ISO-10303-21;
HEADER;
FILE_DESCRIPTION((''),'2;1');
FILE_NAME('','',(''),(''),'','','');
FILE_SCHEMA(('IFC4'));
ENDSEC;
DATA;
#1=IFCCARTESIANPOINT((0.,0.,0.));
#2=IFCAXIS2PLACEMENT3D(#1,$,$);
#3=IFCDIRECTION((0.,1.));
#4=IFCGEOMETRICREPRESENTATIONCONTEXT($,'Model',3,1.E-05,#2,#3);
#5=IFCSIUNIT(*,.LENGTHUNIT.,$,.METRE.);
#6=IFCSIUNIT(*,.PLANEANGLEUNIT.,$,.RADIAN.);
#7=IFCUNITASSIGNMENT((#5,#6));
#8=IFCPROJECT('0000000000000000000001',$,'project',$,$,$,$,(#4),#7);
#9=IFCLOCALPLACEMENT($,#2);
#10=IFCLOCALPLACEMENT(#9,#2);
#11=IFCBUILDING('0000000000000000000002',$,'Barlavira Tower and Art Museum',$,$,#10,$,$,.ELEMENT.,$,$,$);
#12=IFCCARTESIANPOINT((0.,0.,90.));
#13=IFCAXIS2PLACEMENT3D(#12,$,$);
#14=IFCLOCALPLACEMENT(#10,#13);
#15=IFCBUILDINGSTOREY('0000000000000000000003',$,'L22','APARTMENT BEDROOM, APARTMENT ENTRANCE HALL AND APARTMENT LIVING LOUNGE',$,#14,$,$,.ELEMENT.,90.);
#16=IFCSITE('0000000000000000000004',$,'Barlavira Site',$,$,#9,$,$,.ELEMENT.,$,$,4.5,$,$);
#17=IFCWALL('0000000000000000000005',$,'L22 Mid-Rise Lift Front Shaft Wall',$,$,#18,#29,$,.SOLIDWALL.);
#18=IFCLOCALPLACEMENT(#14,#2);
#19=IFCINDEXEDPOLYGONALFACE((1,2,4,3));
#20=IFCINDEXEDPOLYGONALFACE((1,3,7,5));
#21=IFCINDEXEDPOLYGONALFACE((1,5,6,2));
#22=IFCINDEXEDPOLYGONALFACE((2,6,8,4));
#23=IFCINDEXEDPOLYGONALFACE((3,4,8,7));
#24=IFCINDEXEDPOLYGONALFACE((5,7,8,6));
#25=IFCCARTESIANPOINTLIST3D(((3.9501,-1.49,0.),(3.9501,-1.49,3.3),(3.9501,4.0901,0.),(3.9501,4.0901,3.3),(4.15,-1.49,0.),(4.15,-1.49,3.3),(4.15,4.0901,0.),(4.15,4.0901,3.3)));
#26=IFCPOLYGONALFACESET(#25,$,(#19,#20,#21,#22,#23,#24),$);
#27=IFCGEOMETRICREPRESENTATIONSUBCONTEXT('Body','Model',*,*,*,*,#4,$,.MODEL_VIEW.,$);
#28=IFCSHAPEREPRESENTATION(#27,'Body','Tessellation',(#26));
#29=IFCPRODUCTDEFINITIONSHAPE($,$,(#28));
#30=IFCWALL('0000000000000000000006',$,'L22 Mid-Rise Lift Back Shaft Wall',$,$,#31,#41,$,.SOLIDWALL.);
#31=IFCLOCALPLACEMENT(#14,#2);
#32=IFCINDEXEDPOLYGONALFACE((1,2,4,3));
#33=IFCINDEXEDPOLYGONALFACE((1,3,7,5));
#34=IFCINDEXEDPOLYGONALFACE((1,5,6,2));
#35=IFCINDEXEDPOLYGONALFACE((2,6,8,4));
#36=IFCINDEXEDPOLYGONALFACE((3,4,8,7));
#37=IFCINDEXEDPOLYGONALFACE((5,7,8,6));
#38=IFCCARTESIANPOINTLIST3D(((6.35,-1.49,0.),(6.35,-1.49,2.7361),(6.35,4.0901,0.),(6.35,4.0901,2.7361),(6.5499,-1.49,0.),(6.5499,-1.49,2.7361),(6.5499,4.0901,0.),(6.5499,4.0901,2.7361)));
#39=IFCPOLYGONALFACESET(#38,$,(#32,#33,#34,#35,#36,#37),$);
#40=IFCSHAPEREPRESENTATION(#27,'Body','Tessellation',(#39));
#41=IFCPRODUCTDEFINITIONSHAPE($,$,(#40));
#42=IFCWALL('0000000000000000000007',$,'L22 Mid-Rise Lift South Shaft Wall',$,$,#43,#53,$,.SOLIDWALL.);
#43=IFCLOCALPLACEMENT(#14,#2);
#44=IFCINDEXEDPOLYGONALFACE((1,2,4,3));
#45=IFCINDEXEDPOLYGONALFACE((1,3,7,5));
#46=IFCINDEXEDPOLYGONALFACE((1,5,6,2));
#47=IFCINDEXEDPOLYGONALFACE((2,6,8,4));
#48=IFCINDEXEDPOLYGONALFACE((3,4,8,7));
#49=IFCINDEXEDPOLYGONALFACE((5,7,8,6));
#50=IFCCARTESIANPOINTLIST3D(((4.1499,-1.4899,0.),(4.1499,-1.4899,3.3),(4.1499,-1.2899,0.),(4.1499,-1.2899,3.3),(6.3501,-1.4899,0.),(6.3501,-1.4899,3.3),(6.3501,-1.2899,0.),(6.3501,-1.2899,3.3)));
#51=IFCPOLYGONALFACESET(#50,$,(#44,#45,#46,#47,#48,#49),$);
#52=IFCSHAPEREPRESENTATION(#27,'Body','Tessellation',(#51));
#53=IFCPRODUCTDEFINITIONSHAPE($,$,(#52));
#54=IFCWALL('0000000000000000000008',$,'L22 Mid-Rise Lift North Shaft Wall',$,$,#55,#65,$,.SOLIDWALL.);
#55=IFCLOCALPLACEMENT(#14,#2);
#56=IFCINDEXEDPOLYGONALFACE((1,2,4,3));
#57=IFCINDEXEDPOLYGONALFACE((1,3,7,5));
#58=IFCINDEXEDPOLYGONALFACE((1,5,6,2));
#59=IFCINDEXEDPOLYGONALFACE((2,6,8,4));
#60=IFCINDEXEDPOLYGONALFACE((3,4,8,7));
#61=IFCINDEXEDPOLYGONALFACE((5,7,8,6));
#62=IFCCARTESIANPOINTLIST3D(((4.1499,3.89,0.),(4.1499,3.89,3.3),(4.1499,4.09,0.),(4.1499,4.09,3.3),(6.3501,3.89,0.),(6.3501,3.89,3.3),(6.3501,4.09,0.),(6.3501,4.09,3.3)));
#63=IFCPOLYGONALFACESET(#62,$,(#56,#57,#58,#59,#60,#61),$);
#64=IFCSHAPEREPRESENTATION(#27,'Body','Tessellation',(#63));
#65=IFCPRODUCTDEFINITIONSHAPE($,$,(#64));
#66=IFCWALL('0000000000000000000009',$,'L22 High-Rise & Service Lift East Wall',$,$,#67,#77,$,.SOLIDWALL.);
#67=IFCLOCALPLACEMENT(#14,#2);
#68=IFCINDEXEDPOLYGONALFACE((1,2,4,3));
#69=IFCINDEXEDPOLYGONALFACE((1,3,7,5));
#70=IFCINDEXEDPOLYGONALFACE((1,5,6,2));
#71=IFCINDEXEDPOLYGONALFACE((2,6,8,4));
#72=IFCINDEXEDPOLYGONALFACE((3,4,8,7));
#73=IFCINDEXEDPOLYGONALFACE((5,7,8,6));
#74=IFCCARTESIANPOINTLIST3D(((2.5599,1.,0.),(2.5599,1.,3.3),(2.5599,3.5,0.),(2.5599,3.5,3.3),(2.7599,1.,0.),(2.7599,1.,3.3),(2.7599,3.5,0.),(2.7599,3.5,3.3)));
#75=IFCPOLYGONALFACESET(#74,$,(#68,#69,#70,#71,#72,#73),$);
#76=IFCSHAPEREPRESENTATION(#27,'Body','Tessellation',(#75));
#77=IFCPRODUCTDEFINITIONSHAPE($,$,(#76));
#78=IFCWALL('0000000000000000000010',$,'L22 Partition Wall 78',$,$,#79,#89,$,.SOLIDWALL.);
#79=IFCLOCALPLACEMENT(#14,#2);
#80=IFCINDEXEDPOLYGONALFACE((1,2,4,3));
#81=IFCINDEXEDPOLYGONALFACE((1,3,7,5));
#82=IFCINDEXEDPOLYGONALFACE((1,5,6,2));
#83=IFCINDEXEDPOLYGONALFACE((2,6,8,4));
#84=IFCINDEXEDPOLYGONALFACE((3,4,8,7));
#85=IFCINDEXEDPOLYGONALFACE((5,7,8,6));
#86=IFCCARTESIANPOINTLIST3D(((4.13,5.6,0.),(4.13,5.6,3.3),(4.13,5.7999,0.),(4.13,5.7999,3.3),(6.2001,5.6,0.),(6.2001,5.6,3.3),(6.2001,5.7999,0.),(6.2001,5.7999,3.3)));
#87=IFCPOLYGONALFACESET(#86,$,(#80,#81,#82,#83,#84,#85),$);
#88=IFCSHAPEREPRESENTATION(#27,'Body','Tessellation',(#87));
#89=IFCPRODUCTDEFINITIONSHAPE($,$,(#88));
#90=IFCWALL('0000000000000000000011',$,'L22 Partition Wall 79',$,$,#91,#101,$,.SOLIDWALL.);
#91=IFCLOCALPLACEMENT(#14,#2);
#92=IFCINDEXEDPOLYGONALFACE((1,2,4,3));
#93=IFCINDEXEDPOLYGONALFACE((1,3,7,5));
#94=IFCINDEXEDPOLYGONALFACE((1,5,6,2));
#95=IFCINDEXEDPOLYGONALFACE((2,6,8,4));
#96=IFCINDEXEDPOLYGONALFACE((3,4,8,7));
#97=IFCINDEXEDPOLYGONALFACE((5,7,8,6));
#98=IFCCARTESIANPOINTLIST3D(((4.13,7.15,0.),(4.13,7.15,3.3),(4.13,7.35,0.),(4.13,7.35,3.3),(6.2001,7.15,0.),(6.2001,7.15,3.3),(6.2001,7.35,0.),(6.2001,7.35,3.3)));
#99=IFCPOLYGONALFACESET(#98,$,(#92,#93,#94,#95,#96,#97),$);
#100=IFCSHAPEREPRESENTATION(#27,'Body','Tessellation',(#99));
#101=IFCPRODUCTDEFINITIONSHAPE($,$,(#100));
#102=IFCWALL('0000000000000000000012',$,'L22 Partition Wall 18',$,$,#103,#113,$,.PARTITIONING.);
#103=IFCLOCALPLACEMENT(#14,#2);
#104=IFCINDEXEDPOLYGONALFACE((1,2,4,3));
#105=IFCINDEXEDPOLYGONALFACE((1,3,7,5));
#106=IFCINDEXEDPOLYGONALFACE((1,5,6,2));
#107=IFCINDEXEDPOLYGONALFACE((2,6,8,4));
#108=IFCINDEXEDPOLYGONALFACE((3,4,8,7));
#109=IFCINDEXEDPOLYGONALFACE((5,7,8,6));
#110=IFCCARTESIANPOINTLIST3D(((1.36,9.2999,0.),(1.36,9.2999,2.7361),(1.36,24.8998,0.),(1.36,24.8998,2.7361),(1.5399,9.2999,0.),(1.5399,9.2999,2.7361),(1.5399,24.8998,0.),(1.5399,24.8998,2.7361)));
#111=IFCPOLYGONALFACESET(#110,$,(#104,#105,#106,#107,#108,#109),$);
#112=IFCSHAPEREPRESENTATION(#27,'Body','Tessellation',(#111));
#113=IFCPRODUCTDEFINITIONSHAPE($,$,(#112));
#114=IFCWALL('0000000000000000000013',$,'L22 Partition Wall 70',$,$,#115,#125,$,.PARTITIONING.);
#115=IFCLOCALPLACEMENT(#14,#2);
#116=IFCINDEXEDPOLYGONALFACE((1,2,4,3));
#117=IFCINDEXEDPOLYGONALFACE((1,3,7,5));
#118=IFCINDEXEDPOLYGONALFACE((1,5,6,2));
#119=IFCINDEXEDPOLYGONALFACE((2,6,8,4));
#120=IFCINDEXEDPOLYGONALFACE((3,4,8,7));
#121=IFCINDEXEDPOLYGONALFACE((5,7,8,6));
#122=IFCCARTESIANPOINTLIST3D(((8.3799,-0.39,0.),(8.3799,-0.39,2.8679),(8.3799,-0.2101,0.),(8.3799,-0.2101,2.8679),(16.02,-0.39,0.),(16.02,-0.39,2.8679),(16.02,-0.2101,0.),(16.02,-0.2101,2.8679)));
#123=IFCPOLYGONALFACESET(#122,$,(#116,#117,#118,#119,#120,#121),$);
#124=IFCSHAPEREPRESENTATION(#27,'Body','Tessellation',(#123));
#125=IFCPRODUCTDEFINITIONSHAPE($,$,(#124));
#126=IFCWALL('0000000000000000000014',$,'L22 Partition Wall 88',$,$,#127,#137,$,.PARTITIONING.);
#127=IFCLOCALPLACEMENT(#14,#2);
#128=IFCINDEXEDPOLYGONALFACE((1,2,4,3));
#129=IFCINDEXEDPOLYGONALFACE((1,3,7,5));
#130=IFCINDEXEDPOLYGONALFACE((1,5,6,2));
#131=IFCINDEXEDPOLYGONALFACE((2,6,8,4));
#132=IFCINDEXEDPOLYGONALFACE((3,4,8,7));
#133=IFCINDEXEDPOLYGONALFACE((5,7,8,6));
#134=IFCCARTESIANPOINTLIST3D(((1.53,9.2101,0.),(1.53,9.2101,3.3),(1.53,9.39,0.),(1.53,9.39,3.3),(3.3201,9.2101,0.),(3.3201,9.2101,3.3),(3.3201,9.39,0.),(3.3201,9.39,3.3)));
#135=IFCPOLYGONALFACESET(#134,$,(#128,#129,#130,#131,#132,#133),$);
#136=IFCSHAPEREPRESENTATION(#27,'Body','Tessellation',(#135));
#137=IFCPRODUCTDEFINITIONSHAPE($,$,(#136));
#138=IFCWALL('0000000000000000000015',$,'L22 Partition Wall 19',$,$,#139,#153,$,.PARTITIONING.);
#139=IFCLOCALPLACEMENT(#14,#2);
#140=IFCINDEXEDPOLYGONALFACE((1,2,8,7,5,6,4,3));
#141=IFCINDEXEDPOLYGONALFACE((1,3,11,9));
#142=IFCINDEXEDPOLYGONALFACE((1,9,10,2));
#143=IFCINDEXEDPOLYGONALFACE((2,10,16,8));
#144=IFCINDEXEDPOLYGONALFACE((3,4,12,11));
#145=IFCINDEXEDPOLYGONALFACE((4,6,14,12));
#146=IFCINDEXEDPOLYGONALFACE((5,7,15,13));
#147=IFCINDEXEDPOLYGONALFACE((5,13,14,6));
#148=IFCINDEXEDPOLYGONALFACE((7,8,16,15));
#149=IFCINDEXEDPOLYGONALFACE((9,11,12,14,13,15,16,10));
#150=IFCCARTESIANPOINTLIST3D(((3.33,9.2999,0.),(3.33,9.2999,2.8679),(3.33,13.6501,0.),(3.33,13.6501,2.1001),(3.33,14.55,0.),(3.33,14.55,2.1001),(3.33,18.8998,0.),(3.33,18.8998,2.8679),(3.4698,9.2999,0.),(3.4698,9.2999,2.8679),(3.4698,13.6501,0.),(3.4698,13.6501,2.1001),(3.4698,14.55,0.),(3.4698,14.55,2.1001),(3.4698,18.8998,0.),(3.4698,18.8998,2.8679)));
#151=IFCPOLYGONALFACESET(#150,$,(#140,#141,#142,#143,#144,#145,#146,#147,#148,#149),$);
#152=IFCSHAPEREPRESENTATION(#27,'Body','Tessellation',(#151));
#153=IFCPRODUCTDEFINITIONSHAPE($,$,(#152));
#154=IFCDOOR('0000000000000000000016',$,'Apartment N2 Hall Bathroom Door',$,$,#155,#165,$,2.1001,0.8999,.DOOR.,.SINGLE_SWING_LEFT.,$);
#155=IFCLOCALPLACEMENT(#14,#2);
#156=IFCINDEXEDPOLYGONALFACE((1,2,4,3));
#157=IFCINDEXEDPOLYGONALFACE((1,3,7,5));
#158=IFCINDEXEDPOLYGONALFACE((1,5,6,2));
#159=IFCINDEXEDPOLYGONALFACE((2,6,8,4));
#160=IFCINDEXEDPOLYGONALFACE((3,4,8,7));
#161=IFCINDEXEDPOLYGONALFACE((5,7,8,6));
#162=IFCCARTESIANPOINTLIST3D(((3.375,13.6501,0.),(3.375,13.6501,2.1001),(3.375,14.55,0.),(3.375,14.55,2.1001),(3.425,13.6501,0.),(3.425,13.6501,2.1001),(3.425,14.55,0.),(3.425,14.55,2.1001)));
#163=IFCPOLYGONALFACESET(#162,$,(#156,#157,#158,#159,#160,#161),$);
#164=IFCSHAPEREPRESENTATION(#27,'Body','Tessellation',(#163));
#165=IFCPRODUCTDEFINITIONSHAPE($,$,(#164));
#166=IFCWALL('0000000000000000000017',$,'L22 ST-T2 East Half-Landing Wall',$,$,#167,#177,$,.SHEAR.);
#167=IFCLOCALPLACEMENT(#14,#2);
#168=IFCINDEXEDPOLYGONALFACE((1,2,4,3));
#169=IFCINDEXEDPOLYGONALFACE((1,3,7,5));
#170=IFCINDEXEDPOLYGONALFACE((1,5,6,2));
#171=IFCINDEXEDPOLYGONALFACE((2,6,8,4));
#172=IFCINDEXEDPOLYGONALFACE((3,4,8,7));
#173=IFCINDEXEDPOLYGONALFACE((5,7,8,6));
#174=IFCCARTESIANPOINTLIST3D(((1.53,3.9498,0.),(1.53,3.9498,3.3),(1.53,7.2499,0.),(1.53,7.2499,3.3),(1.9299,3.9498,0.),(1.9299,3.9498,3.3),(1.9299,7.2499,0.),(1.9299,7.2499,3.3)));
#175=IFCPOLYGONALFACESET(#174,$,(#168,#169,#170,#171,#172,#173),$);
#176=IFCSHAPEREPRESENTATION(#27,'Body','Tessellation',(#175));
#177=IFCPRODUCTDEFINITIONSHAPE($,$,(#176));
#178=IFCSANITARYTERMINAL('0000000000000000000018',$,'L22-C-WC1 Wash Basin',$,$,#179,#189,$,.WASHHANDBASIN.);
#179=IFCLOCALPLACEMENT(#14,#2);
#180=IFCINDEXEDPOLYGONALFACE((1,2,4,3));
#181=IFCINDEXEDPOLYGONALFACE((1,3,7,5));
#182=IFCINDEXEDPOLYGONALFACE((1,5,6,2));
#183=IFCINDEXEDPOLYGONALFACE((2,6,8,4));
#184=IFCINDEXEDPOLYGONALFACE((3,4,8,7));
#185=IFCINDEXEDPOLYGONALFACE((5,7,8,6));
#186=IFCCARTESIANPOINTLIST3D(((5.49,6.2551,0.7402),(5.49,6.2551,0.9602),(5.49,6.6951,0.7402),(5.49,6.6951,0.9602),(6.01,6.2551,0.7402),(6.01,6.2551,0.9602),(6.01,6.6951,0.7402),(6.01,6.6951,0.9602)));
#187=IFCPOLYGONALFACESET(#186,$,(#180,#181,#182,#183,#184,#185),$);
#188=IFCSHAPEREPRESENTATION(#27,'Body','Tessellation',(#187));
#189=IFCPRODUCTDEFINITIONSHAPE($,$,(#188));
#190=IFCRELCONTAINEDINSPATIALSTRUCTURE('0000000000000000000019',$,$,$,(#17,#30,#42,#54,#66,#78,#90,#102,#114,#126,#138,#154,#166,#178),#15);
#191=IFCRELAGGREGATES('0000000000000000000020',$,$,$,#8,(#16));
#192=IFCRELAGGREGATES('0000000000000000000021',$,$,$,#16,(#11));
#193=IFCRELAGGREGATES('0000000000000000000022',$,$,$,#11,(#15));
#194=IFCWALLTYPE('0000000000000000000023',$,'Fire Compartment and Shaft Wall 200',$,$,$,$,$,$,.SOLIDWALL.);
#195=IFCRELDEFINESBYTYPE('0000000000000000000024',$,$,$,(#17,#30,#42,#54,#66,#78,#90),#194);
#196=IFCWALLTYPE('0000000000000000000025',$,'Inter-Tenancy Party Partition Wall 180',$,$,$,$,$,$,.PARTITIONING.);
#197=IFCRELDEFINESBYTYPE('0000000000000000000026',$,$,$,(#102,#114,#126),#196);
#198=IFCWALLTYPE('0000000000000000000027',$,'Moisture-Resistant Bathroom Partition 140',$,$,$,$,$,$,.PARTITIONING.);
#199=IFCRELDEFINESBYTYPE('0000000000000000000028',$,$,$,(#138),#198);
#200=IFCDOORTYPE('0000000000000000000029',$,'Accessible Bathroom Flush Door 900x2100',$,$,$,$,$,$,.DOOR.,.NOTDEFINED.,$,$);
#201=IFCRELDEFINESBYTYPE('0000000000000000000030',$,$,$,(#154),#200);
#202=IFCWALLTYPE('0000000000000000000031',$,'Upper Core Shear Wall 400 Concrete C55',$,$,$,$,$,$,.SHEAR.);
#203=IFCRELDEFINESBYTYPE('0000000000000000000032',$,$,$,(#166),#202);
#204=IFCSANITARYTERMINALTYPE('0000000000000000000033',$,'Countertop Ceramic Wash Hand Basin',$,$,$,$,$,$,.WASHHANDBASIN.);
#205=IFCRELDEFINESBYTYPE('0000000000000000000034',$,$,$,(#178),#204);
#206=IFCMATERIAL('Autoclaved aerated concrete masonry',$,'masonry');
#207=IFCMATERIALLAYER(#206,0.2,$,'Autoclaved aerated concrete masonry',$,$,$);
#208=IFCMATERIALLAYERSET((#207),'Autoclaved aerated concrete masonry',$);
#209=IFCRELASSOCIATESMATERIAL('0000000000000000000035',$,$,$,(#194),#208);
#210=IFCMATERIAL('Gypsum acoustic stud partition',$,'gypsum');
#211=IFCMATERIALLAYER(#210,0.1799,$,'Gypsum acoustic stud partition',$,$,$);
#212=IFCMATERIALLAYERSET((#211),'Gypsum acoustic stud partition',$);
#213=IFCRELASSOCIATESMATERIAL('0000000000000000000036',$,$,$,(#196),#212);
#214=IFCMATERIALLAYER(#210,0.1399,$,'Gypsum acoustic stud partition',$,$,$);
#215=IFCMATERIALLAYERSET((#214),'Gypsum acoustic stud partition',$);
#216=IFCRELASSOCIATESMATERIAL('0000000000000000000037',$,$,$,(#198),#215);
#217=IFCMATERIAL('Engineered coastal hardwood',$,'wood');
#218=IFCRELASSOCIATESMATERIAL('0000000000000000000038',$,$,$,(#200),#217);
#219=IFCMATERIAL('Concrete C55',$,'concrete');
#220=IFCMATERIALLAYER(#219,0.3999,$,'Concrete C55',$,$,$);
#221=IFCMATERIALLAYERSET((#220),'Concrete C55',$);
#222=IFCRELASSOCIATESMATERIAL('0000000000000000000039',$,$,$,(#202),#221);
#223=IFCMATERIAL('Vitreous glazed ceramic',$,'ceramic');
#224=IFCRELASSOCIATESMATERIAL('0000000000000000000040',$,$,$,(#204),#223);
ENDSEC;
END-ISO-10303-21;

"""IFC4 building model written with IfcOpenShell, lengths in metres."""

from ifc_helpers import new_model, si_unit, direction, frame, frame_2d, origin, origin_2d, place, context, subcontext, project, spatial, rectangle, extrude, material, layer, layer_set, type_object, element, fill, save


model = new_model("IFC4")

# Units and contexts
model_context = context("Model", 3, precision=1e-05, world=origin(), true_north=direction((0.0, 1.0)))
body_context = subcontext(model_context, "Body", "Model", "MODEL_VIEW")
ifc_project = project(units=[si_unit("LENGTHUNIT", "METRE"), si_unit("PLANEANGLEUNIT", "RADIAN")], contexts=[model_context])

# Site, building, storey
site_placement = place(None, origin())
site = spatial("IfcSite", under=ifc_project, at=site_placement, Name="Barlavira Site", CompositionType="ELEMENT", RefElevation=4.5)
building_placement = place(site_placement, origin())
building = spatial("IfcBuilding", under=site, at=building_placement, Name="Barlavira Tower and Art Museum", CompositionType="ELEMENT")
storey_placement = place(building_placement, frame((0.0, 0.0, 90.0)))
storey = spatial("IfcBuildingStorey", under=building, at=storey_placement, Name="L22", Description="APARTMENT BEDROOM, APARTMENT ENTRANCE HALL AND APARTMENT LIVING LOUNGE", CompositionType="ELEMENT", Elevation=90.0)

# Walls
ifc_material_1 = material(Name="Autoclaved aerated concrete masonry", Category="masonry")
ifc_layer_1 = layer(ifc_material_1, 0.2, Name="Autoclaved aerated concrete masonry")
ifc_layer_set_1 = layer_set([ifc_layer_1], Name="Autoclaved aerated concrete masonry")
wall_type_1 = type_object("IfcWallType", Name="Fire Compartment and Shaft Wall 200", PredefinedType="SOLIDWALL", material=ifc_layer_set_1)
wall_1_placement = place(storey_placement, frame((4.05, -1.49, 0.0), z_axis=(0.0, 0.0, 1.0), x_axis=(0.0, 1.0, 0.0)))
element("IfcWall", 1, at=wall_1_placement, inside=storey, type_object=wall_type_1, Name="L22 Mid-Rise Lift Front Shaft Wall", PredefinedType="SOLIDWALL", context=body_context, shape_type="SweptSolid", body=[
    extrude(rectangle(XDim=5.5801, YDim=0.2, at=frame_2d((2.79, 0.0))), origin(), (0.0, 0.0, 1.0), 3.3),
])
wall_2_placement = place(storey_placement, frame((6.45, -1.49, 0.0), z_axis=(0.0, 0.0, 1.0), x_axis=(0.0, 1.0, 0.0)))
element("IfcWall", 2, at=wall_2_placement, inside=storey, type_object=wall_type_1, Name="L22 Mid-Rise Lift Back Shaft Wall", PredefinedType="SOLIDWALL", context=body_context, shape_type="SweptSolid", body=[
    extrude(rectangle(XDim=5.5801, YDim=0.2, at=frame_2d((2.79, 0.0))), origin(), (0.0, 0.0, 1.0), 2.7361),
])
for number, where, z_axis, x_axis, name in (
    (3, (4.1499, -1.3899, 0.0), (0.0, 0.0, 1.0), (1.0, 0.0, 0.0), "L22 Mid-Rise Lift South Shaft Wall"),
    (4, (4.1499, 3.99, 0.0), (0.0, 0.0, 1.0), (1.0, 0.0, 0.0), "L22 Mid-Rise Lift North Shaft Wall"),
):
    element("IfcWall", number, at=place(storey_placement, frame(where, z_axis=z_axis, x_axis=x_axis)), inside=storey, type_object=wall_type_1, Name=name, PredefinedType="SOLIDWALL", context=body_context, shape_type="SweptSolid", body=[
        extrude(rectangle(XDim=2.2002, YDim=0.2, at=frame_2d((1.1001, 0.0))), origin(), (0.0, 0.0, 1.0), 3.3),
    ])
wall_3_placement = place(storey_placement, frame((2.6599, 1.0, 0.0), z_axis=(0.0, 0.0, 1.0), x_axis=(0.0, 1.0, 0.0)))
element("IfcWall", 5, at=wall_3_placement, inside=storey, type_object=wall_type_1, Name="L22 High-Rise & Service Lift East Wall", PredefinedType="SOLIDWALL", context=body_context, shape_type="SweptSolid", body=[
    extrude(rectangle(XDim=2.5, YDim=0.2, at=frame_2d((1.25, 0.0))), origin(), (0.0, 0.0, 1.0), 3.3),
])

# Walls
for number, where, z_axis, x_axis, name in (
    (6, (4.1299, 5.7, 0.0), (0.0, 0.0, 1.0), (1.0, 0.0, 0.0), "L22 Partition Wall 78"),
    (7, (4.1299, 7.25, 0.0), (0.0, 0.0, 1.0), (1.0, 0.0, 0.0), "L22 Partition Wall 79"),
):
    element("IfcWall", number, at=place(storey_placement, frame(where, z_axis=z_axis, x_axis=x_axis)), inside=storey, type_object=wall_type_1, Name=name, PredefinedType="SOLIDWALL", context=body_context, shape_type="SweptSolid", body=[
        extrude(rectangle(XDim=2.0701, YDim=0.2, at=frame_2d((1.0352, 0.0))), origin(), (0.0, 0.0, 1.0), 3.3),
    ])
ifc_material_2 = material(Name="Gypsum acoustic stud partition", Category="gypsum")
ifc_layer_2 = layer(ifc_material_2, 0.1799, Name="Gypsum acoustic stud partition")
ifc_layer_set_2 = layer_set([ifc_layer_2], Name="Gypsum acoustic stud partition")
wall_type_2 = type_object("IfcWallType", Name="Inter-Tenancy Party Partition Wall 180", PredefinedType="PARTITIONING", material=ifc_layer_set_2)
wall_4_placement = place(storey_placement, frame((1.45, 9.3, 0.0), z_axis=(0.0, 0.0, 1.0), x_axis=(0.0, 1.0, 0.0)))
element("IfcWall", 8, at=wall_4_placement, inside=storey, type_object=wall_type_2, Name="L22 Partition Wall 18", PredefinedType="PARTITIONING", context=body_context, shape_type="SweptSolid", body=[
    extrude(rectangle(XDim=15.5999, YDim=0.1799, at=frame_2d((7.7998, 0.0))), origin(), (0.0, 0.0, 1.0), 2.7361),
])
wall_5_placement = place(storey_placement, frame((8.3799, -0.3, 0.0), z_axis=(0.0, 0.0, 1.0), x_axis=(1.0, 0.0, 0.0)))
element("IfcWall", 9, at=wall_5_placement, inside=storey, type_object=wall_type_2, Name="L22 Partition Wall 70", PredefinedType="PARTITIONING", context=body_context, shape_type="SweptSolid", body=[
    extrude(rectangle(XDim=7.6401, YDim=0.1799, at=frame_2d((3.8201, 0.0))), origin(), (0.0, 0.0, 1.0), 2.8679),
])
wall_6_placement = place(storey_placement, frame((1.53, 9.3, 0.0), z_axis=(0.0, 0.0, 1.0), x_axis=(1.0, 0.0, 0.0)))
element("IfcWall", 10, at=wall_6_placement, inside=storey, type_object=wall_type_2, Name="L22 Partition Wall 88", PredefinedType="PARTITIONING", context=body_context, shape_type="SweptSolid", body=[
    extrude(rectangle(XDim=1.79, YDim=0.1799, at=frame_2d((0.895, 0.0))), origin(), (0.0, 0.0, 1.0), 3.3),
])

# Wall, opening, door
ifc_layer_3 = layer(ifc_material_2, 0.1399, Name="Gypsum acoustic stud partition")
ifc_layer_set_3 = layer_set([ifc_layer_3], Name="Gypsum acoustic stud partition")
wall_type_3 = type_object("IfcWallType", Name="Moisture-Resistant Bathroom Partition 140", PredefinedType="PARTITIONING", material=ifc_layer_set_3)
wall_7_placement = place(storey_placement, frame((3.3999, 9.3, 0.0), z_axis=(0.0, 0.0, 1.0), x_axis=(0.0, 1.0, 0.0)))
wall_7 = element("IfcWall", 11, at=wall_7_placement, inside=storey, type_object=wall_type_3, Name="L22 Partition Wall 19", PredefinedType="PARTITIONING", context=body_context, shape_type="SweptSolid", body=[
    extrude(rectangle(XDim=9.5999, YDim=0.1399, at=frame_2d((4.7998, 0.0))), origin(), (0.0, 0.0, 1.0), 2.8679),
])
opening_1_placement = place(wall_7_placement, frame((4.3501, 0.0, 0.0)))
opening_1 = element("IfcOpeningElement", 12, at=opening_1_placement, cuts=wall_7, PredefinedType="OPENING", context=body_context, shape_type="SweptSolid", body=[
    extrude(rectangle(XDim=0.8999, YDim=2.1001, at=frame_2d((0.45, 1.05))), frame((0.0, 0.0801, 0.0), z_axis=(0.0, -1.0, 0.0), x_axis=(1.0, 0.0, 0.0)), (0.0, 0.0, 1.0), 0.1599),
])
ifc_material_3 = material(Name="Engineered coastal hardwood", Category="wood")
door_type_1 = type_object("IfcDoorType", Name="Accessible Bathroom Flush Door 900x2100", OperationType="NOTDEFINED", PredefinedType="DOOR", material=ifc_material_3)
door_1_placement = place(opening_1_placement, origin())
door_1 = element("IfcDoor", 13, at=door_1_placement, inside=storey, type_object=door_type_1, Name="Apartment N2 Hall Bathroom Door", OperationType="SINGLE_SWING_LEFT", OverallHeight=2.1001, OverallWidth=0.8999, PredefinedType="DOOR", context=body_context, shape_type="SweptSolid", body=[
    extrude(rectangle(XDim=0.8999, YDim=2.1001, at=frame_2d((0.45, 1.05))), frame((0.0, 0.0249, 0.0), z_axis=(0.0, -1.0, 0.0), x_axis=(1.0, 0.0, 0.0)), (0.0, 0.0, 1.0), 0.05),
])
fill(opening_1, door_1)

# Wall
ifc_material_4 = material(Name="Concrete C55", Category="concrete")
ifc_layer_4 = layer(ifc_material_4, 0.3999, Name="Concrete C55")
ifc_layer_set_4 = layer_set([ifc_layer_4], Name="Concrete C55")
wall_type_4 = type_object("IfcWallType", Name="Upper Core Shear Wall 400 Concrete C55", PredefinedType="SHEAR", material=ifc_layer_set_4)
wall_8_placement = place(storey_placement, frame((1.73, 3.95, 0.0), z_axis=(0.0, 0.0, 1.0), x_axis=(0.0, 1.0, 0.0)))
element("IfcWall", 14, at=wall_8_placement, inside=storey, type_object=wall_type_4, Name="L22 ST-T2 East Half-Landing Wall", PredefinedType="SHEAR", context=body_context, shape_type="SweptSolid", body=[
    extrude(rectangle(XDim=3.3, YDim=0.3999, at=frame_2d((1.6499, 0.0))), origin(), (0.0, 0.0, 1.0), 3.3),
])

# Sanitary terminal
ifc_material_5 = material(Name="Vitreous glazed ceramic", Category="ceramic")
sanitary_terminal_type_1 = type_object("IfcSanitaryTerminalType", Name="Countertop Ceramic Wash Hand Basin", PredefinedType="WASHHANDBASIN", material=ifc_material_5)
sanitary_terminal_1_placement = place(storey_placement, frame((5.75, 6.4751, 0.7402), z_axis=(0.0, 0.0, 1.0), x_axis=(1.0, 0.0, 0.0)))
element("IfcSanitaryTerminal", 15, at=sanitary_terminal_1_placement, inside=storey, type_object=sanitary_terminal_type_1, Name="L22-C-WC1 Wash Basin", PredefinedType="WASHHANDBASIN", context=body_context, shape_type="SweptSolid", body=[
    extrude(rectangle(XDim=0.52, YDim=0.4399, at=origin_2d()), origin(), (0.0, 0.0, 1.0), 0.22),
])

save(model, "model.ifc")
